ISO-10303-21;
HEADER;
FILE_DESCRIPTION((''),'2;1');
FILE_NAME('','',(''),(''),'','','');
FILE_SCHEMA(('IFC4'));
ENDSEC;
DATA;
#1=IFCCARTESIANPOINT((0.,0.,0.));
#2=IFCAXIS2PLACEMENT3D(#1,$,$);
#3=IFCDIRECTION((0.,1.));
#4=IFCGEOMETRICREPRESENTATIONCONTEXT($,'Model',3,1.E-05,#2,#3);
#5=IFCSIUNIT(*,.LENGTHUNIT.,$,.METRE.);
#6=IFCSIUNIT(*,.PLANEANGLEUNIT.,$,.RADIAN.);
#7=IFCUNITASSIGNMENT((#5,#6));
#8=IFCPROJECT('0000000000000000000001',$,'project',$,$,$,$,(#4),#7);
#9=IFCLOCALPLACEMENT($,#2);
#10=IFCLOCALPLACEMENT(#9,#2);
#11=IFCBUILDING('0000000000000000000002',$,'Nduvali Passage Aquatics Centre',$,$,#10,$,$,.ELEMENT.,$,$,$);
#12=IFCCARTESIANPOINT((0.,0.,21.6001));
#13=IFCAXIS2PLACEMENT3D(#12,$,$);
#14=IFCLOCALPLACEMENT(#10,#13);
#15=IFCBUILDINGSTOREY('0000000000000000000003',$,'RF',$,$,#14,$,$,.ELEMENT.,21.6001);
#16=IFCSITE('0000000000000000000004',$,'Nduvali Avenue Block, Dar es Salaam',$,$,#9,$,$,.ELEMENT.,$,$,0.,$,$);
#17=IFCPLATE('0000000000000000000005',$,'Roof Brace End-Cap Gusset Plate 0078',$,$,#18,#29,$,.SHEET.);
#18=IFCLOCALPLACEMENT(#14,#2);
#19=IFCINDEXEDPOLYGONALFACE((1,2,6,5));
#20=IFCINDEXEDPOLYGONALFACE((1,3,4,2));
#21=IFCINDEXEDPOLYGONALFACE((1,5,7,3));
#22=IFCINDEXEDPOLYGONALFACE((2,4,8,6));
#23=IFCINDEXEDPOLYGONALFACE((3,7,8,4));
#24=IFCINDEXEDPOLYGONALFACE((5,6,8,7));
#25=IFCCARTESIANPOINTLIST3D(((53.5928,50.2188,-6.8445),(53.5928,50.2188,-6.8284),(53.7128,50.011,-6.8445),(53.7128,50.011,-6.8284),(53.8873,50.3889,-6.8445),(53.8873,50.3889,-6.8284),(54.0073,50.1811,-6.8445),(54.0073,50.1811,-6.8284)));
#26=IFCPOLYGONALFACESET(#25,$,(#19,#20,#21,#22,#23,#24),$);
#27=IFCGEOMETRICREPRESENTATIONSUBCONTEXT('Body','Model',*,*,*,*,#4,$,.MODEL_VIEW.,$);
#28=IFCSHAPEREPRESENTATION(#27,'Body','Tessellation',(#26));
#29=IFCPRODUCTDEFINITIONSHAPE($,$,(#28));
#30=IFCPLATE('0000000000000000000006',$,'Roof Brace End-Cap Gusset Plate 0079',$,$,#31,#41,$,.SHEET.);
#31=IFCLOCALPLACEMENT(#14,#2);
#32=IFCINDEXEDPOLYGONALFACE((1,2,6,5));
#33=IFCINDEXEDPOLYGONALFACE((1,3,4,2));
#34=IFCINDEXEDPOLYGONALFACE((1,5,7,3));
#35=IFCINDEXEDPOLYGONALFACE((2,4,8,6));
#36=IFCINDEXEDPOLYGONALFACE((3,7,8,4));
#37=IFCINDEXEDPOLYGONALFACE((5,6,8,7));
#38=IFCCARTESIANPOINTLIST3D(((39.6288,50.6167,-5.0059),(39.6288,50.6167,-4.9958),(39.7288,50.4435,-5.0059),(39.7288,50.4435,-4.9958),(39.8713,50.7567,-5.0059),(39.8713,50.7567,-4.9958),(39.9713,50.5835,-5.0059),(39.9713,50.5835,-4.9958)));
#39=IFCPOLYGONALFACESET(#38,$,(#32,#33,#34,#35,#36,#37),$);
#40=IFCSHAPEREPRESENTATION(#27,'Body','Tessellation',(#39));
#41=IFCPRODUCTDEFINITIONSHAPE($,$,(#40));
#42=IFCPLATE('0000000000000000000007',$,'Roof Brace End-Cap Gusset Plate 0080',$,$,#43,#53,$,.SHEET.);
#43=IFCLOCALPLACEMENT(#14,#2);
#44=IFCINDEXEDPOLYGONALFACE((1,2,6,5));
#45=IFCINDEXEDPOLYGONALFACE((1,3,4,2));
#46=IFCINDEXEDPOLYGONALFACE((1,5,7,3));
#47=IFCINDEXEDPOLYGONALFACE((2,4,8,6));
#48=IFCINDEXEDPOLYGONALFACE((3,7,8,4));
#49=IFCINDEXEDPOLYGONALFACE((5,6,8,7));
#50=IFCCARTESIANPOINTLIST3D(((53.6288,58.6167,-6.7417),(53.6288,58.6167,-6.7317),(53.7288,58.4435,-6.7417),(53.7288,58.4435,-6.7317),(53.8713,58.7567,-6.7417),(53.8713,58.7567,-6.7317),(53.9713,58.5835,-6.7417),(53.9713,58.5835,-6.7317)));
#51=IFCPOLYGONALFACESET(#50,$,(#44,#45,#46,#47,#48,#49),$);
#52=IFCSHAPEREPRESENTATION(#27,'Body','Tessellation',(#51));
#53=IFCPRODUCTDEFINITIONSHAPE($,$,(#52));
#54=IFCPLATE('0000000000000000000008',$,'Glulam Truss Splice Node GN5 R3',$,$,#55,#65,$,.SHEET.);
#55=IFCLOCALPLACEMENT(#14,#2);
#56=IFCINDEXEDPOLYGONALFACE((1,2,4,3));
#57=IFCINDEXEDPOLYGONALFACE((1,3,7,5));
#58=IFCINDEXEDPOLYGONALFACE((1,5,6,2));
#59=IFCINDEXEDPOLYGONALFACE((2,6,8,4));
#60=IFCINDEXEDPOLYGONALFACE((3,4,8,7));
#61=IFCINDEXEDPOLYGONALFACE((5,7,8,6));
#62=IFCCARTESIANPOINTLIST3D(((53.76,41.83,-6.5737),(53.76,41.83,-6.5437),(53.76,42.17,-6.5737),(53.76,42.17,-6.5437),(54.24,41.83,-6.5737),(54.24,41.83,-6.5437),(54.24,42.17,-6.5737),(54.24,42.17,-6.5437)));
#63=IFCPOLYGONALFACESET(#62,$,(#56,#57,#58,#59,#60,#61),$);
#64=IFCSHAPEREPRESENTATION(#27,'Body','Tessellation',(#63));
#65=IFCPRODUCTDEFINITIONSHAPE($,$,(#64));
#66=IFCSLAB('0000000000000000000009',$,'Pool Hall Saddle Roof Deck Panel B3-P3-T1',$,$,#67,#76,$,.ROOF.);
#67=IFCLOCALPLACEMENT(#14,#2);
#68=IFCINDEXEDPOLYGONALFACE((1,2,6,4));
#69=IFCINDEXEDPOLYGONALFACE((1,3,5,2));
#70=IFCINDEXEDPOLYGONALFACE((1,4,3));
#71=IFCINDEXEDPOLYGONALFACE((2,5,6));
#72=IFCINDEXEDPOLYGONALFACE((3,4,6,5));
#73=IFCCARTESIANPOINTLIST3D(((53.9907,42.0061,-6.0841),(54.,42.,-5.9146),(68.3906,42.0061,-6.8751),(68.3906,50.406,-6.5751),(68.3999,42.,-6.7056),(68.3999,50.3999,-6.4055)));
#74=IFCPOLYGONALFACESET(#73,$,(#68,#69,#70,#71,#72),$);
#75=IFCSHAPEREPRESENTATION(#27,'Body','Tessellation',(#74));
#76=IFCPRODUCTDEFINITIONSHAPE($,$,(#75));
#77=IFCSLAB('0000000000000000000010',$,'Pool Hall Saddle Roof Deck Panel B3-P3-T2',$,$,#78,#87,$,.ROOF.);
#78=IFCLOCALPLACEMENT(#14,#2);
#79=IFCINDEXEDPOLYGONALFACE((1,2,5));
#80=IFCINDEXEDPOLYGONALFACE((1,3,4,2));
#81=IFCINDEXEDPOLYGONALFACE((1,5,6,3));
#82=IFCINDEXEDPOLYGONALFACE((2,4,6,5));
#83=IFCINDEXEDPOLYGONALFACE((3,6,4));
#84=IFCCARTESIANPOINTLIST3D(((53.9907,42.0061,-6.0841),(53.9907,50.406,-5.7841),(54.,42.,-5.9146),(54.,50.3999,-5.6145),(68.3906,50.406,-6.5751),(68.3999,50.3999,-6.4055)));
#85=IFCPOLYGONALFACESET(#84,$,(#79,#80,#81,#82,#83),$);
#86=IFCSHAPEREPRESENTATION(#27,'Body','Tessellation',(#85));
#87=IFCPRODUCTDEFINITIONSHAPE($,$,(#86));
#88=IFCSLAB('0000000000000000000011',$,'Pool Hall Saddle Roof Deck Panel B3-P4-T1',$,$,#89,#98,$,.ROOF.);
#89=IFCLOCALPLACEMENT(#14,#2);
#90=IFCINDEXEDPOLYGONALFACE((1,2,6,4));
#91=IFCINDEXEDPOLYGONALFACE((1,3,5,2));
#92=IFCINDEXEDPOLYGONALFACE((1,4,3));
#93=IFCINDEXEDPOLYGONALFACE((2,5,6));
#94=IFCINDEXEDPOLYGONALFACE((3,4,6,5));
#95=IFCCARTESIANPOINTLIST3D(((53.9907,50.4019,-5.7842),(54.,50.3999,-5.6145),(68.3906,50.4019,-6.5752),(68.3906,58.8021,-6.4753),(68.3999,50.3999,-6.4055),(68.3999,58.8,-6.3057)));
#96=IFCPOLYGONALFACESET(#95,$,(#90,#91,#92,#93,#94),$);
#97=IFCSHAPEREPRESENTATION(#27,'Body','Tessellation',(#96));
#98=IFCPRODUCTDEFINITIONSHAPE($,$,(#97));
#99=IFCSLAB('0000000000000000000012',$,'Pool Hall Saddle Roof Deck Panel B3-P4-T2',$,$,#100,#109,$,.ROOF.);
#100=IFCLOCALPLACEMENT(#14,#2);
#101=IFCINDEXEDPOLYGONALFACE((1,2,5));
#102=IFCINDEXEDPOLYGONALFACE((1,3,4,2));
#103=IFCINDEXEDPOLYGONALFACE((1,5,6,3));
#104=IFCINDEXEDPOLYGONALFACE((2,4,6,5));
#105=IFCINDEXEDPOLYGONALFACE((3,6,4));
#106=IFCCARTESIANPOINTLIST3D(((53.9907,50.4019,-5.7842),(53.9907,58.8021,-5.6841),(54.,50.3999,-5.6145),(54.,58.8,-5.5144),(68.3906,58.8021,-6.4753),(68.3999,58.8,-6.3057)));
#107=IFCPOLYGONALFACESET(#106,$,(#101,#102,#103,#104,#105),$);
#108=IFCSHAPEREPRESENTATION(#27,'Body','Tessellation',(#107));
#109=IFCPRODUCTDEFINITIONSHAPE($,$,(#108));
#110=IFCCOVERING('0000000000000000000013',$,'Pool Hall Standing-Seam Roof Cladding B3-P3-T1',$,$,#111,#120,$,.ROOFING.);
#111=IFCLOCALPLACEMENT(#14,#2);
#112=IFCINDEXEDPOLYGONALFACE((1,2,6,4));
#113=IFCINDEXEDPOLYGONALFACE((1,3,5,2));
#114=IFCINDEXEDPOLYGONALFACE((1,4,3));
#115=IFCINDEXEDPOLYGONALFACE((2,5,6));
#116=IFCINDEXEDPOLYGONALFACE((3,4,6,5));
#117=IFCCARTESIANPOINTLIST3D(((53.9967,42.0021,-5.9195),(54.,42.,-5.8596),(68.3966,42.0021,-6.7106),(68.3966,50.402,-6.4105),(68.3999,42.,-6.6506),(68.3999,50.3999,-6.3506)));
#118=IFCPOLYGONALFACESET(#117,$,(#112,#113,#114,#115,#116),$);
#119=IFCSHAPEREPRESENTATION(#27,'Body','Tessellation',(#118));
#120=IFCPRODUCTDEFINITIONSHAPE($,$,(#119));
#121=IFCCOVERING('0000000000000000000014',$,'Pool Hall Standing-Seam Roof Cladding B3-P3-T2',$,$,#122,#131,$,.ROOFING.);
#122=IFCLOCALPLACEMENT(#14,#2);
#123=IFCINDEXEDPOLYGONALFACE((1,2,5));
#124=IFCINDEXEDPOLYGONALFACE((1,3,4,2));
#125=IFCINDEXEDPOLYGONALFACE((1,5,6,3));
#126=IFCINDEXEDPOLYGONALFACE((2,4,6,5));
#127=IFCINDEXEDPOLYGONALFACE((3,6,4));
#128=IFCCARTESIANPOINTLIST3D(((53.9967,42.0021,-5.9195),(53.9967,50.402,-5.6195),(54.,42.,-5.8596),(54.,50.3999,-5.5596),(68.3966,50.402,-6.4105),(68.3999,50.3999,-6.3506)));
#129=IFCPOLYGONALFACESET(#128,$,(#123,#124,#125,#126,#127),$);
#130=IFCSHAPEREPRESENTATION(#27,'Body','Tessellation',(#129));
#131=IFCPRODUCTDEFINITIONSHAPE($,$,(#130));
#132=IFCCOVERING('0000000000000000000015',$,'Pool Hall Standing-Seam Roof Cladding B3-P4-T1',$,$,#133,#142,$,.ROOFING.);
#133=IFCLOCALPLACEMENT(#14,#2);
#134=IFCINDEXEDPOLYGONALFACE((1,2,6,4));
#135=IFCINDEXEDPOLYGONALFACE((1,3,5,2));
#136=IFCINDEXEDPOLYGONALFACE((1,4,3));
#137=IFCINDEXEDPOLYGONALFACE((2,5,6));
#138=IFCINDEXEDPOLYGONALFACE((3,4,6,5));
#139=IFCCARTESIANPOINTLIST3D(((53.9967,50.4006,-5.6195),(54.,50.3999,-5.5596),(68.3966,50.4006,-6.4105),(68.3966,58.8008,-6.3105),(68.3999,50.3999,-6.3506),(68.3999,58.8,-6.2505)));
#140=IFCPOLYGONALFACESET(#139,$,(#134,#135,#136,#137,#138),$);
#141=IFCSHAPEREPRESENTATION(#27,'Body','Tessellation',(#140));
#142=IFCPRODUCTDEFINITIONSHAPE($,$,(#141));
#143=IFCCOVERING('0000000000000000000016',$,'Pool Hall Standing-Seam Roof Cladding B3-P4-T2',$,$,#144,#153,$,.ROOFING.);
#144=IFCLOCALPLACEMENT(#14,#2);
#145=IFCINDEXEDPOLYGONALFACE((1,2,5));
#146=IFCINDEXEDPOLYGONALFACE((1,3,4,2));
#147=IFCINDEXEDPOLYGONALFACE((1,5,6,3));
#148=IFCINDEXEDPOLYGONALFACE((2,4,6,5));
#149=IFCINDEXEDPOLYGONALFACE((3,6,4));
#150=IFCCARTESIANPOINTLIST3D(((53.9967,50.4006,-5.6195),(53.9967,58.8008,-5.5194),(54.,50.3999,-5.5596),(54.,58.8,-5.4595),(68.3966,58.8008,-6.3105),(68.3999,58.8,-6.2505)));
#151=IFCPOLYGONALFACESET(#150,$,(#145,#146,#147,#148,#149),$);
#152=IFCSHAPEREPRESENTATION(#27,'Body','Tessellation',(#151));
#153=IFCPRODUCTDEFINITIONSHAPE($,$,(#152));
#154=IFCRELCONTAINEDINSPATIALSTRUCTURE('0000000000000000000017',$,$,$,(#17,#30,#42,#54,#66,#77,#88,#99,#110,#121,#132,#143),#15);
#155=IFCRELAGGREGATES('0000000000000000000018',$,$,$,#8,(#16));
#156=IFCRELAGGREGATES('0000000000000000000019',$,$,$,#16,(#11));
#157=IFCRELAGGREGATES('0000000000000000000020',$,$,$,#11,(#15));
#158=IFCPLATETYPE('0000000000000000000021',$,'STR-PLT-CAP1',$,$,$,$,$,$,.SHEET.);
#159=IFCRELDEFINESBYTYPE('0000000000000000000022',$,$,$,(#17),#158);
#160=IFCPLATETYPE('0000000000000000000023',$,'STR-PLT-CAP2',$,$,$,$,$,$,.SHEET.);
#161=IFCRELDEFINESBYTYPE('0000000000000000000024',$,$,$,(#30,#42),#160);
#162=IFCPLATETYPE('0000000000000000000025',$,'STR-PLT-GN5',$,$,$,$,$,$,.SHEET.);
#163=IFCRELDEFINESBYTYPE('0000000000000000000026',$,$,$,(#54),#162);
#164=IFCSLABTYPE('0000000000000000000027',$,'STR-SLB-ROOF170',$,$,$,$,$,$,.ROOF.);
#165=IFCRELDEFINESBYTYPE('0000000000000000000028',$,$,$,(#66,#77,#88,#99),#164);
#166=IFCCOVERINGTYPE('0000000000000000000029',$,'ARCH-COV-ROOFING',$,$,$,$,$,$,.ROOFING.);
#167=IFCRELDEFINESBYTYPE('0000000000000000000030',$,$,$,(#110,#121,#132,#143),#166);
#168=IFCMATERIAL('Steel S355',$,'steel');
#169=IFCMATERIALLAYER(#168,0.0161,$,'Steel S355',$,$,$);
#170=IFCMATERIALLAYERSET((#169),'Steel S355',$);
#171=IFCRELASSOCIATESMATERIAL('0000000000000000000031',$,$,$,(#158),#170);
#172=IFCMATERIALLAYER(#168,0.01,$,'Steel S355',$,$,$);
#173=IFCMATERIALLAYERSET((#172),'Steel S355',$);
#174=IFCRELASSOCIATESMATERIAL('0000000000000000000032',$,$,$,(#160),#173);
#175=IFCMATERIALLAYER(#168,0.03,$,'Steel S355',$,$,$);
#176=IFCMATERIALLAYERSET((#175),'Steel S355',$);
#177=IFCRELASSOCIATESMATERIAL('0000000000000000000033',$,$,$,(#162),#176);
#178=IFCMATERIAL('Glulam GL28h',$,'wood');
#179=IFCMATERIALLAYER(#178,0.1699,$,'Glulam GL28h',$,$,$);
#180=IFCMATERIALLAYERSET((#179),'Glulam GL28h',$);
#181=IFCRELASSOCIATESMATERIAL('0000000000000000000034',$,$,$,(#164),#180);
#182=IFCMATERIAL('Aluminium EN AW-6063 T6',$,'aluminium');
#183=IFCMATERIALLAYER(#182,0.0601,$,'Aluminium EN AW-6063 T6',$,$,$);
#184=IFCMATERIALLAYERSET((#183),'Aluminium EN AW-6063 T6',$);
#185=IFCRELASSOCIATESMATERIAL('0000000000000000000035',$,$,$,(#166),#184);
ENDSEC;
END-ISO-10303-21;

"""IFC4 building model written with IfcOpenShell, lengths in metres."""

from ifc_helpers import new_model, si_unit, direction, frame, origin, origin_2d, place, context, subcontext, project, spatial, polyline, rectangle, outline, extrude, material, layer, layer_set, type_object, element, save


model = new_model("IFC4")

# Units and contexts
model_context = context("Model", 3, precision=1e-05, world=origin(), true_north=direction((0.0, 1.0)))
body_context = subcontext(model_context, "Body", "Model", "MODEL_VIEW")
ifc_project = project(units=[si_unit("LENGTHUNIT", "METRE"), si_unit("PLANEANGLEUNIT", "RADIAN")], contexts=[model_context])

# Site, building, storey
site_placement = place(None, origin())
site = spatial("IfcSite", under=ifc_project, at=site_placement, Name="Nduvali Avenue Block, Dar es Salaam", CompositionType="ELEMENT", RefElevation=0.0)
building_placement = place(site_placement, origin())
building = spatial("IfcBuilding", under=site, at=building_placement, Name="Nduvali Passage Aquatics Centre", CompositionType="ELEMENT")
storey_placement = place(building_placement, frame((0.0, 0.0, 21.6001)))
storey = spatial("IfcBuildingStorey", under=building, at=storey_placement, Name="RF", CompositionType="ELEMENT", Elevation=21.6001)

# Shared definitions
ifc_material_1 = material(Name="Steel S355", Category="steel")
ifc_material_2 = material(Name="Glulam GL28h", Category="wood")

# Plates
ifc_layer_1 = layer(ifc_material_1, 0.0161, Name="Steel S355")
ifc_layer_set_1 = layer_set([ifc_layer_1], Name="Steel S355")
plate_type_1 = type_object("IfcPlateType", Name="STR-PLT-CAP1", PredefinedType="SHEET", material=ifc_layer_set_1)
for number, where, z_axis, x_axis, name in (
    (1, (53.8, 50.2, -6.8445), (0.0, 0.0, 1.0), (0.866025, 0.5, 0.0), "Roof Brace End-Cap Gusset Plate 0078"),
):
    element("IfcPlate", number, at=place(storey_placement, frame(where, z_axis=z_axis, x_axis=x_axis)), inside=storey, type_object=plate_type_1, Name=name, PredefinedType="SHEET", context=body_context, shape_type="SweptSolid", body=[
        extrude(rectangle(XDim=0.3401, YDim=0.24, at=origin_2d()), origin(), (0.0, 0.0, 1.0), 0.0161),
    ])
ifc_layer_2 = layer(ifc_material_1, 0.01, Name="Steel S355")
ifc_layer_set_2 = layer_set([ifc_layer_2], Name="Steel S355")
plate_type_2 = type_object("IfcPlateType", Name="STR-PLT-CAP2", PredefinedType="SHEET", material=ifc_layer_set_2)
for number, where, z_axis, x_axis, name in (
    (2, (39.8, 50.6001, -5.0059), (0.0, 0.0, 1.0), (0.866025, 0.5, 0.0), "Roof Brace End-Cap Gusset Plate 0079"),
    (3, (53.8, 58.6001, -6.7417), (0.0, 0.0, 1.0), (0.866025, 0.5, 0.0), "Roof Brace End-Cap Gusset Plate 0080"),
):
    element("IfcPlate", number, at=place(storey_placement, frame(where, z_axis=z_axis, x_axis=x_axis)), inside=storey, type_object=plate_type_2, Name=name, PredefinedType="SHEET", context=body_context, shape_type="SweptSolid", body=[
        extrude(rectangle(XDim=0.28, YDim=0.2, at=origin_2d()), origin(), (0.0, 0.0, 1.0), 0.01),
    ])
ifc_layer_3 = layer(ifc_material_1, 0.03, Name="Steel S355")
ifc_layer_set_3 = layer_set([ifc_layer_3], Name="Steel S355")
plate_type_3 = type_object("IfcPlateType", Name="STR-PLT-GN5", PredefinedType="SHEET", material=ifc_layer_set_3)
plate_placement = place(storey_placement, frame((54.0, 42.0, -6.5737), z_axis=(0.0, 0.0, 1.0), x_axis=(1.0, 0.0, 0.0)))
element("IfcPlate", 4, at=plate_placement, inside=storey, type_object=plate_type_3, Name="Glulam Truss Splice Node GN5 R3", PredefinedType="SHEET", context=body_context, shape_type="SweptSolid", body=[
    extrude(rectangle(XDim=0.48, YDim=0.3401, at=origin_2d()), origin(), (0.0, 0.0, 1.0), 0.03),
])

# Slabs
ifc_layer_4 = layer(ifc_material_2, 0.1699, Name="Glulam GL28h")
ifc_layer_set_4 = layer_set([ifc_layer_4], Name="Glulam GL28h")
slab_type = type_object("IfcSlabType", Name="STR-SLB-ROOF170", PredefinedType="ROOF", material=ifc_layer_set_4)
slab_1_placement = place(storey_placement, frame((54.0, 42.0, -5.9146), z_axis=(0.054814, -0.035644, 0.99786), x_axis=(0.998495, 0.0, -0.054849)))
element("IfcSlab", 5, at=slab_1_placement, inside=storey, type_object=slab_type, Name="Pool Hall Saddle Roof Deck Panel B3-P3-T1", PredefinedType="ROOF", context=body_context, shape_type="SweptSolid", body=[
    extrude(outline(polyline([(0.0, 0.0), (14.4216, 0.0), (14.4052, 8.4052), (0.0, 0.0)])), origin(), (0.0, 0.0, -1.0), 0.1699),
])
slab_2_placement = place(storey_placement, frame((54.0, 42.0, -5.9146), z_axis=(0.054814, -0.035644, 0.99786), x_axis=(0.863406, 0.503651, -0.029438)))
element("IfcSlab", 6, at=slab_2_placement, inside=storey, type_object=slab_type, Name="Pool Hall Saddle Roof Deck Panel B3-P3-T2", PredefinedType="ROOF", context=body_context, shape_type="SweptSolid", body=[
    extrude(outline(polyline([(0.0, 0.0), (16.678, 0.0), (4.2218, 7.2681), (0.0, 0.0)])), origin(), (0.0, 0.0, -1.0), 0.1699),
])
slab_3_placement = place(storey_placement, frame((54.0, 50.3999, -5.6145), z_axis=(0.054845, -0.011868, 0.998424), x_axis=(0.998495, 0.0, -0.054849)))
element("IfcSlab", 7, at=slab_3_placement, inside=storey, type_object=slab_type, Name="Pool Hall Saddle Roof Deck Panel B3-P4-T1", PredefinedType="ROOF", context=body_context, shape_type="SweptSolid", body=[
    extrude(outline(polyline([(0.0, 0.0), (14.4216, 0.0), (14.4161, 8.4007), (0.0, 0.0)])), origin(), (0.0, 0.0, -1.0), 0.1699),
])
slab_4_placement = place(storey_placement, frame((54.0, 50.3999, -5.6145), z_axis=(0.054862, -0.011897, 0.998423), x_axis=(0.863032, 0.503448, -0.041424)))
element("IfcSlab", 8, at=slab_4_placement, inside=storey, type_object=slab_type, Name="Pool Hall Saddle Roof Deck Panel B3-P4-T2", PredefinedType="ROOF", context=body_context, shape_type="SweptSolid", body=[
    extrude(outline(polyline([(0.0, 0.0), (16.6852, 0.0), (4.2249, 7.261), (0.0, 0.0)])), origin(), (0.0, 0.0, -1.0), 0.1699),
])

# Coverings
ifc_material_3 = material(Name="Aluminium EN AW-6063 T6", Category="aluminium")
ifc_layer_5 = layer(ifc_material_3, 0.0601, Name="Aluminium EN AW-6063 T6")
ifc_layer_set_5 = layer_set([ifc_layer_5], Name="Aluminium EN AW-6063 T6")
covering_type = type_object("IfcCoveringType", Name="ARCH-COV-ROOFING", PredefinedType="ROOFING", material=ifc_layer_set_5)
covering_1_placement = place(storey_placement, frame((54.0, 42.0, -5.8596), z_axis=(0.054814, -0.035644, 0.99786), x_axis=(0.998495, 0.0, -0.054849)))
element("IfcCovering", 9, at=covering_1_placement, inside=storey, type_object=covering_type, Name="Pool Hall Standing-Seam Roof Cladding B3-P3-T1", PredefinedType="ROOFING", context=body_context, shape_type="SweptSolid", body=[
    extrude(outline(polyline([(0.0, 0.0), (14.4216, 0.0), (14.4052, 8.4052), (0.0, 0.0)])), origin(), (0.0, 0.0, -1.0), 0.0601),
])
covering_2_placement = place(storey_placement, frame((54.0, 42.0, -5.8596), z_axis=(0.054814, -0.035644, 0.99786), x_axis=(0.863406, 0.503651, -0.029438)))
element("IfcCovering", 10, at=covering_2_placement, inside=storey, type_object=covering_type, Name="Pool Hall Standing-Seam Roof Cladding B3-P3-T2", PredefinedType="ROOFING", context=body_context, shape_type="SweptSolid", body=[
    extrude(outline(polyline([(0.0, 0.0), (16.678, 0.0), (4.2218, 7.2681), (0.0, 0.0)])), origin(), (0.0, 0.0, -1.0), 0.0601),
])
covering_3_placement = place(storey_placement, frame((54.0, 50.3999, -5.5596), z_axis=(0.054845, -0.011897, 0.998424), x_axis=(0.998495, 0.0, -0.054849)))
element("IfcCovering", 11, at=covering_3_placement, inside=storey, type_object=covering_type, Name="Pool Hall Standing-Seam Roof Cladding B3-P4-T1", PredefinedType="ROOFING", context=body_context, shape_type="SweptSolid", body=[
    extrude(outline(polyline([(0.0, 0.0), (14.4216, 0.0), (14.4161, 8.4007), (0.0, 0.0)])), origin(), (0.0, 0.0, -1.0), 0.0601),
])
covering_4_placement = place(storey_placement, frame((54.0, 50.3999, -5.5596), z_axis=(0.054845, -0.011897, 0.998424), x_axis=(0.863033, 0.503448, -0.041409)))
element("IfcCovering", 12, at=covering_4_placement, inside=storey, type_object=covering_type, Name="Pool Hall Standing-Seam Roof Cladding B3-P4-T2", PredefinedType="ROOFING", context=body_context, shape_type="SweptSolid", body=[
    extrude(outline(polyline([(0.0, 0.0), (16.6852, 0.0), (4.2249, 7.261), (0.0, 0.0)])), origin(), (0.0, 0.0, -1.0), 0.0601),
])

save(model, "model.ifc")
